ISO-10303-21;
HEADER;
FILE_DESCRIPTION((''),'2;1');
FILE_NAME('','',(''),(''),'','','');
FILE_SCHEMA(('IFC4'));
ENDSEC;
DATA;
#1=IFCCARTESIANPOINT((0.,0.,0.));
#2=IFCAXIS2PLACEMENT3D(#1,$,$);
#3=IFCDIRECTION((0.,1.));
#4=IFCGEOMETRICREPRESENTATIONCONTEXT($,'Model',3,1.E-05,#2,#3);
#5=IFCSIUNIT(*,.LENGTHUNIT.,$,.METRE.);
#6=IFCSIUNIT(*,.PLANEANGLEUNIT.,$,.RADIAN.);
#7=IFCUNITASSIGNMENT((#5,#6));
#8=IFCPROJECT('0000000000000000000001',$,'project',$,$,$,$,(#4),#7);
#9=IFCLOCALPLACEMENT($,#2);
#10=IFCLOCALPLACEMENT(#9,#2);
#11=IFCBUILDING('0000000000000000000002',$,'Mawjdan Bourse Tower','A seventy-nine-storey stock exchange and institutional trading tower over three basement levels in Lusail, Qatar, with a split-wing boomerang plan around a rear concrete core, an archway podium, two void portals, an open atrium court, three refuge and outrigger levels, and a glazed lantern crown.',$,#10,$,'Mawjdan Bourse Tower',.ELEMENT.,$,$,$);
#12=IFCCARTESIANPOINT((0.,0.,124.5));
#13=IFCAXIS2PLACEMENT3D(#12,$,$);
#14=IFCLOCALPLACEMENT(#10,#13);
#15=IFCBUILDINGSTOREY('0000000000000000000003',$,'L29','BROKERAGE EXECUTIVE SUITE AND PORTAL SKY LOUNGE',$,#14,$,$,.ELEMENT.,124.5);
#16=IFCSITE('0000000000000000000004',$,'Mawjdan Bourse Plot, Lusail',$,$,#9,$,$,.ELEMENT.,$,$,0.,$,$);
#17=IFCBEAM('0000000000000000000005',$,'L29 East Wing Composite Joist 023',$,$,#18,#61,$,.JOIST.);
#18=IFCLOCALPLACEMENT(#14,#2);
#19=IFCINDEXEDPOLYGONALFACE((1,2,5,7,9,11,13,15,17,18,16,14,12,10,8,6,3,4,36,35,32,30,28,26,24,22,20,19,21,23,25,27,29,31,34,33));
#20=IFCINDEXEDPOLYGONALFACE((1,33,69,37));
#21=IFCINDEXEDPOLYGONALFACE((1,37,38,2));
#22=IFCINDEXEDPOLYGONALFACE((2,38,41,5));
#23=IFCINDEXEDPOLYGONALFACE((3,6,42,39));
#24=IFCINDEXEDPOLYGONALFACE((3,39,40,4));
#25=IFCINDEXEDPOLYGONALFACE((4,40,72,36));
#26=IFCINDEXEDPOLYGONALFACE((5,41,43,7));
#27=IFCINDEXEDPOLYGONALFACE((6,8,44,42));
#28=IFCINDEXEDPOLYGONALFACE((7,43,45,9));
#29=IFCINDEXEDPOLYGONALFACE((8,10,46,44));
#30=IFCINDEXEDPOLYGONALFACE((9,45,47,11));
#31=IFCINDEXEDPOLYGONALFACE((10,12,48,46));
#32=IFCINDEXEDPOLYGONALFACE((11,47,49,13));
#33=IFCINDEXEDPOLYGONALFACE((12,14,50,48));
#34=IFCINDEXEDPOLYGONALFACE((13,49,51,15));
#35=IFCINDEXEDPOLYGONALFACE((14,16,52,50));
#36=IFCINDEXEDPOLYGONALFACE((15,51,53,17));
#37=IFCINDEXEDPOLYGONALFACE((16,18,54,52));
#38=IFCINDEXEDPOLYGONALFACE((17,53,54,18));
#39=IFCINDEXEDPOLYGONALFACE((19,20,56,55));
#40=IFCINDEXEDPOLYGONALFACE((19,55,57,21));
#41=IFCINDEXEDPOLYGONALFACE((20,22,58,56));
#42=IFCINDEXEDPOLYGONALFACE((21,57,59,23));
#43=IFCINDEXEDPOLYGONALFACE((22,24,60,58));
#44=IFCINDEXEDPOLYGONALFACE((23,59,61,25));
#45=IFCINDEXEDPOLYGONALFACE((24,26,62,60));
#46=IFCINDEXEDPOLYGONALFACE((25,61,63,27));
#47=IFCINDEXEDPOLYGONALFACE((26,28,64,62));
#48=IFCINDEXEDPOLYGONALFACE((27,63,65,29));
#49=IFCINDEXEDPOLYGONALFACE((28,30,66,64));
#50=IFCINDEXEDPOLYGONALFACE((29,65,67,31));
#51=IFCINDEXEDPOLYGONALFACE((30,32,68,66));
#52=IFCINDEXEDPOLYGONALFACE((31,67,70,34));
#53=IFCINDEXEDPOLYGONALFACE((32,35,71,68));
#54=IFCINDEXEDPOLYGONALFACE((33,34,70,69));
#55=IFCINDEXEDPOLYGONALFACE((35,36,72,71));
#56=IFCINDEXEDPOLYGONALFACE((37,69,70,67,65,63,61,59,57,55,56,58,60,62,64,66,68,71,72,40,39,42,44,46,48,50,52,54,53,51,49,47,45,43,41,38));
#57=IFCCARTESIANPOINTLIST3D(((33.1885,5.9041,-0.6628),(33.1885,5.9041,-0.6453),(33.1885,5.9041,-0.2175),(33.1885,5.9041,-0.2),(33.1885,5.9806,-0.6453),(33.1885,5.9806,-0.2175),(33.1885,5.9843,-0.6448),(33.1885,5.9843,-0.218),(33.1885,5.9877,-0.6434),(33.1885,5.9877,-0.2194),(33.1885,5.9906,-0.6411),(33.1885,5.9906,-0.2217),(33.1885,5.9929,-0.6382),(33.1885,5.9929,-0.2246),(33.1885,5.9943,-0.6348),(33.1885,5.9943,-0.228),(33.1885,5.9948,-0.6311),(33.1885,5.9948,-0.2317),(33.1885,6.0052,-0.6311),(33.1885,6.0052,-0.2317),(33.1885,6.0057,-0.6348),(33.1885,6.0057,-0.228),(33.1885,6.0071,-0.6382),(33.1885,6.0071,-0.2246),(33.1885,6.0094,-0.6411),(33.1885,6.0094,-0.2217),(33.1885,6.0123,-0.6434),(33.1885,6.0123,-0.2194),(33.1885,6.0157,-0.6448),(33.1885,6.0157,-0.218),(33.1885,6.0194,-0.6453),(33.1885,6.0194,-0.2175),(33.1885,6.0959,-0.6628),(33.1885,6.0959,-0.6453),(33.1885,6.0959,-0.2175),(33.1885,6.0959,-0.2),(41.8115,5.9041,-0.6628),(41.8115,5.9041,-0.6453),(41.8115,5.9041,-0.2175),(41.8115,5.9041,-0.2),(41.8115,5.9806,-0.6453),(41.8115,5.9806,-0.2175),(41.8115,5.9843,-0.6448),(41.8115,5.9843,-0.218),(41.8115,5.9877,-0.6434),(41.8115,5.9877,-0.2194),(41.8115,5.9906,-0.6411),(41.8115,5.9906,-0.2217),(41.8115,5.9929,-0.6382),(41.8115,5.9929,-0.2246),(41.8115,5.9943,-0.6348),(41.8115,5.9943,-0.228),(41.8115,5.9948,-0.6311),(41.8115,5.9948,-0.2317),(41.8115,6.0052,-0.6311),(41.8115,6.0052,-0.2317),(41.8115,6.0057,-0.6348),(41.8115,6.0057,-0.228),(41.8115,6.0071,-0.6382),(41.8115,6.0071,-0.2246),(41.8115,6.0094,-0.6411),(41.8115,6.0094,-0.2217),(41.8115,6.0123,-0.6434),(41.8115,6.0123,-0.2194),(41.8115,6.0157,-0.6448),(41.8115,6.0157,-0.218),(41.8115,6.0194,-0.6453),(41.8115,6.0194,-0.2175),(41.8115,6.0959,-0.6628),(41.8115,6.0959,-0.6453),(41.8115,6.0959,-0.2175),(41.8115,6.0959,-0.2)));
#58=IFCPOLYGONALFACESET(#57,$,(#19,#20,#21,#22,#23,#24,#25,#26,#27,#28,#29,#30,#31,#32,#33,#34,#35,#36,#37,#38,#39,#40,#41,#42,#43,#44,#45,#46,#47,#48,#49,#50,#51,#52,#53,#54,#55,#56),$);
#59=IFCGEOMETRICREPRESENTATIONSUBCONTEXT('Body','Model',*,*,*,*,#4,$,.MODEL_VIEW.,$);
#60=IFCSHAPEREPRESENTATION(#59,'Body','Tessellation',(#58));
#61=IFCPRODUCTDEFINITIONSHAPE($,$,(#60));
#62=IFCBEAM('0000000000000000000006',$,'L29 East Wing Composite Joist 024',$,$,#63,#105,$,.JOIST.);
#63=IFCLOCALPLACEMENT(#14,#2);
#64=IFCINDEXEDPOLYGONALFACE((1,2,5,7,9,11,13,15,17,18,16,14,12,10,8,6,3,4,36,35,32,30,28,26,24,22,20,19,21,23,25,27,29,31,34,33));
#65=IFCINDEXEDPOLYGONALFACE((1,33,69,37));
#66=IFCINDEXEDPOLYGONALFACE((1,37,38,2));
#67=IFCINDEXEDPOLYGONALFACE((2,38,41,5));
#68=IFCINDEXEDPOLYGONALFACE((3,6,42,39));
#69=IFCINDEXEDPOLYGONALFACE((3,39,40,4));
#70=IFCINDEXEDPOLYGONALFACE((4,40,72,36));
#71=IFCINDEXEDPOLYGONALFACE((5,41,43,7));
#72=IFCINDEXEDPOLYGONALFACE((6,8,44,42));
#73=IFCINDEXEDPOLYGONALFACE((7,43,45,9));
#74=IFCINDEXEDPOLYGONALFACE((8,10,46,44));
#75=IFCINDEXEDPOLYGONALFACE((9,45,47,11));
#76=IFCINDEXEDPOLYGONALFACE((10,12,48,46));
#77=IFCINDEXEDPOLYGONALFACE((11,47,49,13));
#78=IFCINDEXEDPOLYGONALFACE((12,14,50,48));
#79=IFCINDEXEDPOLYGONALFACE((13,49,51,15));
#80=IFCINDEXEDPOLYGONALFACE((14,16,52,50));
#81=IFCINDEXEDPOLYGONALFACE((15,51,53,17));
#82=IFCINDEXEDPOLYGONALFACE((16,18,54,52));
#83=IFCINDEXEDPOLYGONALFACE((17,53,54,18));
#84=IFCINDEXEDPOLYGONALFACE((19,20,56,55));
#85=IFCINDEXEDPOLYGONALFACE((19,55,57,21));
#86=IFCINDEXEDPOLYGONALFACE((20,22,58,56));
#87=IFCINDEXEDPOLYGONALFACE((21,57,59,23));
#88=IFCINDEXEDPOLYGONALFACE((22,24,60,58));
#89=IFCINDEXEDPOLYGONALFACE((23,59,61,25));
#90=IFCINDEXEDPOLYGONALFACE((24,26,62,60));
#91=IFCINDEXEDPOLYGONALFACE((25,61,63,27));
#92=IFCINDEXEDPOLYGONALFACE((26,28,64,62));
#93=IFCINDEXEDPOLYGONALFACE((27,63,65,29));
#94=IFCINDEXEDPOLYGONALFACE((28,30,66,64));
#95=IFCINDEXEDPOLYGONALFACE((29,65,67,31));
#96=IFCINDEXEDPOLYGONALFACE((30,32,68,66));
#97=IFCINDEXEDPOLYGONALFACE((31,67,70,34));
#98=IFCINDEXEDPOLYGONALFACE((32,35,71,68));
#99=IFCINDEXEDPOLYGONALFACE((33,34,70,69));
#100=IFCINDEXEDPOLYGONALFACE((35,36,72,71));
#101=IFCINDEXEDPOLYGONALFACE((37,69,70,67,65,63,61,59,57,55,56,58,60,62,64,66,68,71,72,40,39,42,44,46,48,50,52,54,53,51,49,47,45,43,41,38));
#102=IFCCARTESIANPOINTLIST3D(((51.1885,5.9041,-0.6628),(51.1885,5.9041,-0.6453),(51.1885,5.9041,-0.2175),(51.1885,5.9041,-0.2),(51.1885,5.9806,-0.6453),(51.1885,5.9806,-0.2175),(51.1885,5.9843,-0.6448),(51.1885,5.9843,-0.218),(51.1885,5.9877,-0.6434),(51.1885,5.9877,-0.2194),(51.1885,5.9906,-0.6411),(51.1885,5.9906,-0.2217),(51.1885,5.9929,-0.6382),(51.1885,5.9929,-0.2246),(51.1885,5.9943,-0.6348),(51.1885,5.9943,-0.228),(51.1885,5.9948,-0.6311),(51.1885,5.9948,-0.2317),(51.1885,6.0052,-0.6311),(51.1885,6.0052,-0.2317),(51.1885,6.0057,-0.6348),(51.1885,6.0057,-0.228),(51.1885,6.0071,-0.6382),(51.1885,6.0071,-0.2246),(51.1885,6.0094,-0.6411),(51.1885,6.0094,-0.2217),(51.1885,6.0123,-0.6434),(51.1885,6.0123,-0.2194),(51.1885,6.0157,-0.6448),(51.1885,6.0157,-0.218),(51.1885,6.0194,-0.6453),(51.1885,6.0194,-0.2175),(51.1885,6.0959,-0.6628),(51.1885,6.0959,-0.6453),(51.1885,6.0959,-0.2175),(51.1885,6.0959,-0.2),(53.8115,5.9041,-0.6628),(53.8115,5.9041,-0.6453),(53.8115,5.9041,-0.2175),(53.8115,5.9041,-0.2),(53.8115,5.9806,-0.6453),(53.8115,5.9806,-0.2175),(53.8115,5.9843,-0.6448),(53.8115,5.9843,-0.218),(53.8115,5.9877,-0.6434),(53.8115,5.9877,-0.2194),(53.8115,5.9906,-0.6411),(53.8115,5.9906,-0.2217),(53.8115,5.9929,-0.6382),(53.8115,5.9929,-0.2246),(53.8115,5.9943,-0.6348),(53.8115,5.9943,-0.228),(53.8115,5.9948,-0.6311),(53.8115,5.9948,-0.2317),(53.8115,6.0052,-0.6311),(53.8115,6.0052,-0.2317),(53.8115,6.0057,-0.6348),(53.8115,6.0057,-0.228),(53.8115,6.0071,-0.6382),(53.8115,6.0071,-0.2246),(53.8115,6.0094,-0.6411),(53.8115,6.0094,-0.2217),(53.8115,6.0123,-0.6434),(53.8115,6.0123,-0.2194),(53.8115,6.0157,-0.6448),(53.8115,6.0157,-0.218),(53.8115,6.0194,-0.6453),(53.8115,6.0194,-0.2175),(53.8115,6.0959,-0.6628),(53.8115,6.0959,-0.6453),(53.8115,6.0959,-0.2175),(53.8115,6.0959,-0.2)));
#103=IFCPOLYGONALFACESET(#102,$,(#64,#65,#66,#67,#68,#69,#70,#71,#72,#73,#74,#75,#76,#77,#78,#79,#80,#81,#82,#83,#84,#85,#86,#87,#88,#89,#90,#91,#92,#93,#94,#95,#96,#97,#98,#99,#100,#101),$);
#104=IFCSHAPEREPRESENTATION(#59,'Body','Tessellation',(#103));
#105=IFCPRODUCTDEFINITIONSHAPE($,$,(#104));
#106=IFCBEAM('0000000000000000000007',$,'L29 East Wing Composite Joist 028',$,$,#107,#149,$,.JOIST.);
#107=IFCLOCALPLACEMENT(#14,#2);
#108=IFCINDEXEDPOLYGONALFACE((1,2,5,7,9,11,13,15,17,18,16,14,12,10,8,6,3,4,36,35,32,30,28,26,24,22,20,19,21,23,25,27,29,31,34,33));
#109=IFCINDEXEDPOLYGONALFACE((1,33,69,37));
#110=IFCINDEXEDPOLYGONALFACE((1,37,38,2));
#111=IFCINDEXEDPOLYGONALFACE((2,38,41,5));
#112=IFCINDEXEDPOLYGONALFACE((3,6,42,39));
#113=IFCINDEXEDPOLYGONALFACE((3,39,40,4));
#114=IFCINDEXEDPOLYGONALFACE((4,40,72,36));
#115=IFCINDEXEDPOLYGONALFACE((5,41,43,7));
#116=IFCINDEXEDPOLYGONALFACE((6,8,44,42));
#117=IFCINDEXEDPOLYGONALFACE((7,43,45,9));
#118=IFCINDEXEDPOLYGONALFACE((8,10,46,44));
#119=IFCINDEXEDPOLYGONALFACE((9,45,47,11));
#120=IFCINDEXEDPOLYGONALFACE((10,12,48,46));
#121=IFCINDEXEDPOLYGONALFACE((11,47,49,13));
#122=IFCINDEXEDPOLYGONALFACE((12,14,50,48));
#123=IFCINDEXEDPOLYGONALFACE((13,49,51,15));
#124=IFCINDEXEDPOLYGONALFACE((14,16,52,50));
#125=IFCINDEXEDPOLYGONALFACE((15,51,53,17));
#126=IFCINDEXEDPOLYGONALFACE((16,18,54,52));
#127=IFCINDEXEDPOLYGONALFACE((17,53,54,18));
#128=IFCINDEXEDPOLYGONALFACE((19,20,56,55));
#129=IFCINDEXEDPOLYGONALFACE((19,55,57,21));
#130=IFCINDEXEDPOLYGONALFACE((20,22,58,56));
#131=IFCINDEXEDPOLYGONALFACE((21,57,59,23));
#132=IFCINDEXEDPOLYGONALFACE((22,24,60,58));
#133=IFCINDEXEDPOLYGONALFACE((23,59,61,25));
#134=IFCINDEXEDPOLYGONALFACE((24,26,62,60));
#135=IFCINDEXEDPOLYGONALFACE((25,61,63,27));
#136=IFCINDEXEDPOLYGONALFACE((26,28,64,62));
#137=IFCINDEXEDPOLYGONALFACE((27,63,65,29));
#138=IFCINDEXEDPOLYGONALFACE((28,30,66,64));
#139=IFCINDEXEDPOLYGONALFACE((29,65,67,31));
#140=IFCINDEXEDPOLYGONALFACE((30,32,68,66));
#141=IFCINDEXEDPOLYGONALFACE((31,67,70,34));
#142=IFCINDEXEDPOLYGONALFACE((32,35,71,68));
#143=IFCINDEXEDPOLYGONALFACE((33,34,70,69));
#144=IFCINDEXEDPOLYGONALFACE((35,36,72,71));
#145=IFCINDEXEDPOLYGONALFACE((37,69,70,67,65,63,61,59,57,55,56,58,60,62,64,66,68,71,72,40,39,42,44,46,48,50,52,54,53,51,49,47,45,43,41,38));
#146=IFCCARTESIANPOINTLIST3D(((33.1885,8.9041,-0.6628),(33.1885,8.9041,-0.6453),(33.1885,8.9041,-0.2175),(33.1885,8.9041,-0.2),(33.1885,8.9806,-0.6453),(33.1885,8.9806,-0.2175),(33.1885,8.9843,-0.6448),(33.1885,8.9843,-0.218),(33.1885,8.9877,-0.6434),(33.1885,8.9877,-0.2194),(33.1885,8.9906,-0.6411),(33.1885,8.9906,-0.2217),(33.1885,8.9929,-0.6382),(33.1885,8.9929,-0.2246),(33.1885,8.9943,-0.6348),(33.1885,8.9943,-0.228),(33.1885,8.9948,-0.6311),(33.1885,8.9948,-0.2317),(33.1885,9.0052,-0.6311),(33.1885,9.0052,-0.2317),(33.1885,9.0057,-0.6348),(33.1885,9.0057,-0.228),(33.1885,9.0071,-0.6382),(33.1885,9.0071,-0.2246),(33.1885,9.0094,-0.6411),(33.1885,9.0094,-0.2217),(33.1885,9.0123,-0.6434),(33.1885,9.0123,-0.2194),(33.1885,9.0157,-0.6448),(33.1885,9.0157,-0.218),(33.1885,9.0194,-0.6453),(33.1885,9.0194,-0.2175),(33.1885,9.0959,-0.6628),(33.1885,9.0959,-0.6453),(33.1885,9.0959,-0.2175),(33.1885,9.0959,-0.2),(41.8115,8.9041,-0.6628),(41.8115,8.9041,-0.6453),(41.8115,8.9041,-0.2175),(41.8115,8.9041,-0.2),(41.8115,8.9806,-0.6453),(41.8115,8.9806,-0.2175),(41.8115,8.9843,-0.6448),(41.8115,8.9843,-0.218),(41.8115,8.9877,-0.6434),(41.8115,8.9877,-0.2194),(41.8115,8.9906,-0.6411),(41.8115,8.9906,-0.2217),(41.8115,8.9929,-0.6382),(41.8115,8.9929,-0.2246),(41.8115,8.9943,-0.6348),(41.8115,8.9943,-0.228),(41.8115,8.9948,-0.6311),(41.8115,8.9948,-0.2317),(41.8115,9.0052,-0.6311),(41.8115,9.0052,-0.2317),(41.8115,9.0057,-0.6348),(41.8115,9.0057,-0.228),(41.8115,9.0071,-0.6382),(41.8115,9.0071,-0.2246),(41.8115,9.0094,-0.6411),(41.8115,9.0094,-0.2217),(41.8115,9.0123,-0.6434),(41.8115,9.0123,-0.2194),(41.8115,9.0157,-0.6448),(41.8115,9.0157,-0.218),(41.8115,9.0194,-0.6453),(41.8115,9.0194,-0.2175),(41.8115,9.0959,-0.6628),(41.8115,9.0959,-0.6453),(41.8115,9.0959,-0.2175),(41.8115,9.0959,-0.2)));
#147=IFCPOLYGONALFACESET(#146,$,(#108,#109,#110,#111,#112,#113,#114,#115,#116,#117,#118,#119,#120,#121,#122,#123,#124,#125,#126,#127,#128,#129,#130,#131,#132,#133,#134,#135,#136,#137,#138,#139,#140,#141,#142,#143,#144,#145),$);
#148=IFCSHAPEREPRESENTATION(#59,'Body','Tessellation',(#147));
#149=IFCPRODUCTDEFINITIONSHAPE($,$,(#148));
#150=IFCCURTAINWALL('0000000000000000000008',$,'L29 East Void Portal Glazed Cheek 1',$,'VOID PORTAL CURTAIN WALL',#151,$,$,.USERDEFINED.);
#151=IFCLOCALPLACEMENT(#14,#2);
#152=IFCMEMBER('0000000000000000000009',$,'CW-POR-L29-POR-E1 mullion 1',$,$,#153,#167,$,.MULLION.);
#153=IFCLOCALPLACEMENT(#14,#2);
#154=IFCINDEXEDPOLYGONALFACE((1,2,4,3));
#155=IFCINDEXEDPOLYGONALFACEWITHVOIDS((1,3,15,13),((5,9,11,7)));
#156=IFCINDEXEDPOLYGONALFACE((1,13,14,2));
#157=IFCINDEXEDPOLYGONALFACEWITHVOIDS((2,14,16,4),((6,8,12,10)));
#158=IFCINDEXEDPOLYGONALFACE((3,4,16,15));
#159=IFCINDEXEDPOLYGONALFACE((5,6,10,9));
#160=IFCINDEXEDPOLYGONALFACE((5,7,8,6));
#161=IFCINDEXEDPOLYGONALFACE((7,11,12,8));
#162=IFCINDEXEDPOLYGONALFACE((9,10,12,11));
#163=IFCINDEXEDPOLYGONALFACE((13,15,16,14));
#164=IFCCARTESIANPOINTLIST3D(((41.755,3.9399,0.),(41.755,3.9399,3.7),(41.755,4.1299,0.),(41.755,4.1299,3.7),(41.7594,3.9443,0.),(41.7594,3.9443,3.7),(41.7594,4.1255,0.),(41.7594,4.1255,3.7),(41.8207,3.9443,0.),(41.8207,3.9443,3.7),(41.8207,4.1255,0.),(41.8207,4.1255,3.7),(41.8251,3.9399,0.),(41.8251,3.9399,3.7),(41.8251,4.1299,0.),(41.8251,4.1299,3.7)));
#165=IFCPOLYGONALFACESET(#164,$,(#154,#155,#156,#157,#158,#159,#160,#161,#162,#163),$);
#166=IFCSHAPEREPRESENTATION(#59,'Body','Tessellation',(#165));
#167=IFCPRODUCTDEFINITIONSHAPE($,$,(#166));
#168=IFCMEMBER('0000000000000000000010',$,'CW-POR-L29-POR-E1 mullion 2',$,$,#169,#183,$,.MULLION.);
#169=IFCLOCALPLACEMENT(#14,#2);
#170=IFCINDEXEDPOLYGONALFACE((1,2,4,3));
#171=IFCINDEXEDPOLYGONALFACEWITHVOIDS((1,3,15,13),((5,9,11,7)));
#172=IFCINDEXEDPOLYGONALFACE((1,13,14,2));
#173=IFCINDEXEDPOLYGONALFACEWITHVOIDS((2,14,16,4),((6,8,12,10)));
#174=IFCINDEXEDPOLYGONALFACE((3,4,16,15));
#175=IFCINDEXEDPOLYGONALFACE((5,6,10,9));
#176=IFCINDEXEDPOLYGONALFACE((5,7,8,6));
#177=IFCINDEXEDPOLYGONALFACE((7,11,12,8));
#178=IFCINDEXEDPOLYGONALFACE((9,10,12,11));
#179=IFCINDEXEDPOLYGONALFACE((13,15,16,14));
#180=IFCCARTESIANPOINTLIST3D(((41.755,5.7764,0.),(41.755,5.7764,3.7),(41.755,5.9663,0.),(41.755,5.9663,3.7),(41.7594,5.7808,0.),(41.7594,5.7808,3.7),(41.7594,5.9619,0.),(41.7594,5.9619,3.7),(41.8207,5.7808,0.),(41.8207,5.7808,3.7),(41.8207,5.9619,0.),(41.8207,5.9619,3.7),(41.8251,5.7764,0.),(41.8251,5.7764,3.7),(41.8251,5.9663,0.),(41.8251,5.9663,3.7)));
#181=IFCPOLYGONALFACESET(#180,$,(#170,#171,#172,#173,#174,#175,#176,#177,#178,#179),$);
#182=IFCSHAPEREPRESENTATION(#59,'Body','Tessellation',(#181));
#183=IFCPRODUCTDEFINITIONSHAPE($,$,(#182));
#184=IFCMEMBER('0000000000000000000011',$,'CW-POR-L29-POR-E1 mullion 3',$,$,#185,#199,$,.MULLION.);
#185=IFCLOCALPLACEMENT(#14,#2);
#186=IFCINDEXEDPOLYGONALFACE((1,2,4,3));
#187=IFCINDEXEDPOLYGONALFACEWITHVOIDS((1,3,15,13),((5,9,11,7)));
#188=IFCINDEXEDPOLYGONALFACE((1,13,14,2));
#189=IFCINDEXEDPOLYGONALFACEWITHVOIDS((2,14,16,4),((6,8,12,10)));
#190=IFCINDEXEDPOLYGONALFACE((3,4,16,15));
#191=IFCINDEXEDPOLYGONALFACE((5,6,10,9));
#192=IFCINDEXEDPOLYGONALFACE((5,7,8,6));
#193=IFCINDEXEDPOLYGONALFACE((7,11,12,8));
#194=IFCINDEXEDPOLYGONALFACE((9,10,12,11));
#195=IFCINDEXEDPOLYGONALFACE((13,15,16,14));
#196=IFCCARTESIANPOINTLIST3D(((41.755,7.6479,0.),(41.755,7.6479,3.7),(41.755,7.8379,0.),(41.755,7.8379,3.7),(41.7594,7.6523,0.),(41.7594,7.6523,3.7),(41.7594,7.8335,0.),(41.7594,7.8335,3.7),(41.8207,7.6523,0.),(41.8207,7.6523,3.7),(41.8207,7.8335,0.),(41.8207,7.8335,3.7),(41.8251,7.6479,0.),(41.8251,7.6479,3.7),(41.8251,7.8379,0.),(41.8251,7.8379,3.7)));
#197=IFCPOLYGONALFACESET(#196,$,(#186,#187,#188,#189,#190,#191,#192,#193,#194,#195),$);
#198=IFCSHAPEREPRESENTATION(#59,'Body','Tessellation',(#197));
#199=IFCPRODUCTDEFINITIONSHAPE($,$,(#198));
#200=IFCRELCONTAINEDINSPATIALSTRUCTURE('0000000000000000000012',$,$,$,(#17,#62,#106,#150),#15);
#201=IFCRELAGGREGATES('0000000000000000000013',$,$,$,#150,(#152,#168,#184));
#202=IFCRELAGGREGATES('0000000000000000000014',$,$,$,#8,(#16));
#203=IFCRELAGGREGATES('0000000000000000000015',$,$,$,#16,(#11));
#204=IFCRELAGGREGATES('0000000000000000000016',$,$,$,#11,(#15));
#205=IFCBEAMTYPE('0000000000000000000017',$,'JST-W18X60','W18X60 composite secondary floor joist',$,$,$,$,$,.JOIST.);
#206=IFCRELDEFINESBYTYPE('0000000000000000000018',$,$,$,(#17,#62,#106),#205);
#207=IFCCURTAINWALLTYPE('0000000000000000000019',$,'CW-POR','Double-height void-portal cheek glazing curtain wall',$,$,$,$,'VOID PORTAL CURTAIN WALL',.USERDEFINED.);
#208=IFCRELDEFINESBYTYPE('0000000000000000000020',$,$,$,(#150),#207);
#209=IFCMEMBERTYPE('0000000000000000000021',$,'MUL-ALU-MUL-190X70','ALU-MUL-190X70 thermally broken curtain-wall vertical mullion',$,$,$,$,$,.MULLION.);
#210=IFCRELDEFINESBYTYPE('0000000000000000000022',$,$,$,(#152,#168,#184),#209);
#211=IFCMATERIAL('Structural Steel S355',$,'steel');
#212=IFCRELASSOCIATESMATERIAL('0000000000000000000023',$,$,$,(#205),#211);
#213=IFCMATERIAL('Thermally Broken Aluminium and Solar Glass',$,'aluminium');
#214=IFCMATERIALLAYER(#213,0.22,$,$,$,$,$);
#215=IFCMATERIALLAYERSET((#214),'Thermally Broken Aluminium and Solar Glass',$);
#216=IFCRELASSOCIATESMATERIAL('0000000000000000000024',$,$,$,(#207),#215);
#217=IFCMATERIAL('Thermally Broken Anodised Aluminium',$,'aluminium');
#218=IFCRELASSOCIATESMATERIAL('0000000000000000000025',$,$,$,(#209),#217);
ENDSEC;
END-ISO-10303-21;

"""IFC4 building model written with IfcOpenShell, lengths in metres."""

from ifc_helpers import new_model, si_unit, direction, frame, origin, origin_2d, place, context, subcontext, project, spatial, hollow_rectangle, i_section, extrude, material, layer, layer_set, material_profile, profile_set, type_object, element, aggregate, save


model = new_model("IFC4")

# Units and contexts
model_context = context("Model", 3, precision=1e-05, world=origin(), true_north=direction((0.0, 1.0)))
body_context = subcontext(model_context, "Body", "Model", "MODEL_VIEW")
ifc_project = project(units=[si_unit("LENGTHUNIT", "METRE"), si_unit("PLANEANGLEUNIT", "RADIAN")], contexts=[model_context])

# Site, building, storey
site_placement = place(None, origin())
site = spatial("IfcSite", under=ifc_project, at=site_placement, Name="Mawjdan Bourse Plot, Lusail", CompositionType="ELEMENT", RefElevation=0.0)
building_placement = place(site_placement, origin())
building = spatial("IfcBuilding", under=site, at=building_placement, Name="Mawjdan Bourse Tower", Description="A seventy-nine-storey stock exchange and institutional trading tower over three basement levels in Lusail, Qatar, with a split-wing boomerang plan around a rear concrete core, an archway podium, two void portals, an open atrium court, three refuge and outrigger levels, and a glazed lantern crown.", LongName="Mawjdan Bourse Tower", CompositionType="ELEMENT")
storey_placement = place(building_placement, frame((0.0, 0.0, 124.5)))
storey = spatial("IfcBuildingStorey", under=building, at=storey_placement, Name="L29", Description="BROKERAGE EXECUTIVE SUITE AND PORTAL SKY LOUNGE", CompositionType="ELEMENT", Elevation=124.5)

# Beams
ifc_material_1 = material(Name="Structural Steel S355", Category="steel")
ifc_material_profile_1 = material_profile(ifc_material_1, i_section(OverallWidth=0.1919, OverallDepth=0.4629, WebThickness=0.0105, FlangeThickness=0.0176, FilletRadius=0.0142, at=origin_2d()), Name="W18X60")
ifc_profile_set_1 = profile_set([ifc_material_profile_1], Name="Structural Steel S355")
beam_type_1 = type_object("IfcBeamType", Name="JST-W18X60", Description="W18X60 composite secondary floor joist", PredefinedType="JOIST", material=ifc_profile_set_1)
beam_1_placement = place(storey_placement, frame((33.1885, 6.0, -0.4314), z_axis=(1.0, 0.0, 0.0), x_axis=(0.0, 1.0, 0.0)))
element("IfcBeam", 1, at=beam_1_placement, inside=storey, type_object=beam_type_1, Name="L29 East Wing Composite Joist 023", PredefinedType="JOIST", context=body_context, shape_type="SweptSolid", body=[
    extrude(i_section(OverallWidth=0.1919, OverallDepth=0.4629, WebThickness=0.0105, FlangeThickness=0.0176, FilletRadius=0.0142, at=origin_2d()), origin(), (0.0, 0.0, 1.0), 8.623),
])
beam_2_placement = place(storey_placement, frame((51.1885, 6.0, -0.4314), z_axis=(1.0, 0.0, 0.0), x_axis=(0.0, 1.0, 0.0)))
element("IfcBeam", 2, at=beam_2_placement, inside=storey, type_object=beam_type_1, Name="L29 East Wing Composite Joist 024", PredefinedType="JOIST", context=body_context, shape_type="SweptSolid", body=[
    extrude(i_section(OverallWidth=0.1919, OverallDepth=0.4629, WebThickness=0.0105, FlangeThickness=0.0176, FilletRadius=0.0142, at=origin_2d()), origin(), (0.0, 0.0, 1.0), 2.623),
])
beam_3_placement = place(storey_placement, frame((33.1885, 9.0, -0.4314), z_axis=(1.0, 0.0, 0.0), x_axis=(0.0, 1.0, 0.0)))
element("IfcBeam", 3, at=beam_3_placement, inside=storey, type_object=beam_type_1, Name="L29 East Wing Composite Joist 028", PredefinedType="JOIST", context=body_context, shape_type="SweptSolid", body=[
    extrude(i_section(OverallWidth=0.1919, OverallDepth=0.4629, WebThickness=0.0105, FlangeThickness=0.0176, FilletRadius=0.0142, at=origin_2d()), origin(), (0.0, 0.0, 1.0), 8.623),
])

# Curtain wall, members
ifc_material_2 = material(Name="Thermally Broken Aluminium and Solar Glass", Category="aluminium")
ifc_layer_1 = layer(ifc_material_2, 0.22)
ifc_layer_set_1 = layer_set([ifc_layer_1], Name="Thermally Broken Aluminium and Solar Glass")
curtain_wall_type = type_object("IfcCurtainWallType", Name="CW-POR", Description="Double-height void-portal cheek glazing curtain wall", ElementType="VOID PORTAL CURTAIN WALL", PredefinedType="USERDEFINED", material=ifc_layer_set_1)
curtain_wall_placement = place(storey_placement, origin())
curtain_wall = element("IfcCurtainWall", 4, at=curtain_wall_placement, inside=storey, type_object=curtain_wall_type, Name="L29 East Void Portal Glazed Cheek 1", ObjectType="VOID PORTAL CURTAIN WALL", PredefinedType="USERDEFINED")
ifc_material_3 = material(Name="Thermally Broken Anodised Aluminium", Category="aluminium")
ifc_material_profile_2 = material_profile(ifc_material_3, hollow_rectangle(XDim=0.0701, YDim=0.1899, WallThickness=0.0044, at=origin_2d()), Name="ALU-MUL-190X70")
ifc_profile_set_2 = profile_set([ifc_material_profile_2], Name="Thermally Broken Anodised Aluminium")
member_type_1 = type_object("IfcMemberType", Name="MUL-ALU-MUL-190X70", Description="ALU-MUL-190X70 thermally broken curtain-wall vertical mullion", PredefinedType="MULLION", material=ifc_profile_set_2)
member_1_placement = place(storey_placement, frame((41.79, 4.0349, 0.0), z_axis=(0.0, 0.0, 1.0), x_axis=(-1.0, 0.0, 0.0)))
member_1 = element("IfcMember", 5, at=member_1_placement, type_object=member_type_1, Name="CW-POR-L29-POR-E1 mullion 1", PredefinedType="MULLION", context=body_context, shape_type="SweptSolid", body=[
    extrude(hollow_rectangle(XDim=0.0701, YDim=0.1899, WallThickness=0.0044, at=origin_2d()), origin(), (0.0, 0.0, 1.0), 3.7),
])
member_2_placement = place(storey_placement, frame((41.79, 5.8713, 0.0), z_axis=(0.0, 0.0, 1.0), x_axis=(-1.0, 0.0, 0.0)))
member_2 = element("IfcMember", 6, at=member_2_placement, type_object=member_type_1, Name="CW-POR-L29-POR-E1 mullion 2", PredefinedType="MULLION", context=body_context, shape_type="SweptSolid", body=[
    extrude(hollow_rectangle(XDim=0.0701, YDim=0.1899, WallThickness=0.0044, at=origin_2d()), origin(), (0.0, 0.0, 1.0), 3.7),
])
member_3_placement = place(storey_placement, frame((41.79, 7.7429, 0.0), z_axis=(0.0, 0.0, 1.0), x_axis=(-1.0, 0.0, 0.0)))
member_3 = element("IfcMember", 7, at=member_3_placement, type_object=member_type_1, Name="CW-POR-L29-POR-E1 mullion 3", PredefinedType="MULLION", context=body_context, shape_type="SweptSolid", body=[
    extrude(hollow_rectangle(XDim=0.0701, YDim=0.1899, WallThickness=0.0044, at=origin_2d()), origin(), (0.0, 0.0, 1.0), 3.7),
])

aggregate(curtain_wall, [member_1, member_2, member_3])

save(model, "model.ifc")
